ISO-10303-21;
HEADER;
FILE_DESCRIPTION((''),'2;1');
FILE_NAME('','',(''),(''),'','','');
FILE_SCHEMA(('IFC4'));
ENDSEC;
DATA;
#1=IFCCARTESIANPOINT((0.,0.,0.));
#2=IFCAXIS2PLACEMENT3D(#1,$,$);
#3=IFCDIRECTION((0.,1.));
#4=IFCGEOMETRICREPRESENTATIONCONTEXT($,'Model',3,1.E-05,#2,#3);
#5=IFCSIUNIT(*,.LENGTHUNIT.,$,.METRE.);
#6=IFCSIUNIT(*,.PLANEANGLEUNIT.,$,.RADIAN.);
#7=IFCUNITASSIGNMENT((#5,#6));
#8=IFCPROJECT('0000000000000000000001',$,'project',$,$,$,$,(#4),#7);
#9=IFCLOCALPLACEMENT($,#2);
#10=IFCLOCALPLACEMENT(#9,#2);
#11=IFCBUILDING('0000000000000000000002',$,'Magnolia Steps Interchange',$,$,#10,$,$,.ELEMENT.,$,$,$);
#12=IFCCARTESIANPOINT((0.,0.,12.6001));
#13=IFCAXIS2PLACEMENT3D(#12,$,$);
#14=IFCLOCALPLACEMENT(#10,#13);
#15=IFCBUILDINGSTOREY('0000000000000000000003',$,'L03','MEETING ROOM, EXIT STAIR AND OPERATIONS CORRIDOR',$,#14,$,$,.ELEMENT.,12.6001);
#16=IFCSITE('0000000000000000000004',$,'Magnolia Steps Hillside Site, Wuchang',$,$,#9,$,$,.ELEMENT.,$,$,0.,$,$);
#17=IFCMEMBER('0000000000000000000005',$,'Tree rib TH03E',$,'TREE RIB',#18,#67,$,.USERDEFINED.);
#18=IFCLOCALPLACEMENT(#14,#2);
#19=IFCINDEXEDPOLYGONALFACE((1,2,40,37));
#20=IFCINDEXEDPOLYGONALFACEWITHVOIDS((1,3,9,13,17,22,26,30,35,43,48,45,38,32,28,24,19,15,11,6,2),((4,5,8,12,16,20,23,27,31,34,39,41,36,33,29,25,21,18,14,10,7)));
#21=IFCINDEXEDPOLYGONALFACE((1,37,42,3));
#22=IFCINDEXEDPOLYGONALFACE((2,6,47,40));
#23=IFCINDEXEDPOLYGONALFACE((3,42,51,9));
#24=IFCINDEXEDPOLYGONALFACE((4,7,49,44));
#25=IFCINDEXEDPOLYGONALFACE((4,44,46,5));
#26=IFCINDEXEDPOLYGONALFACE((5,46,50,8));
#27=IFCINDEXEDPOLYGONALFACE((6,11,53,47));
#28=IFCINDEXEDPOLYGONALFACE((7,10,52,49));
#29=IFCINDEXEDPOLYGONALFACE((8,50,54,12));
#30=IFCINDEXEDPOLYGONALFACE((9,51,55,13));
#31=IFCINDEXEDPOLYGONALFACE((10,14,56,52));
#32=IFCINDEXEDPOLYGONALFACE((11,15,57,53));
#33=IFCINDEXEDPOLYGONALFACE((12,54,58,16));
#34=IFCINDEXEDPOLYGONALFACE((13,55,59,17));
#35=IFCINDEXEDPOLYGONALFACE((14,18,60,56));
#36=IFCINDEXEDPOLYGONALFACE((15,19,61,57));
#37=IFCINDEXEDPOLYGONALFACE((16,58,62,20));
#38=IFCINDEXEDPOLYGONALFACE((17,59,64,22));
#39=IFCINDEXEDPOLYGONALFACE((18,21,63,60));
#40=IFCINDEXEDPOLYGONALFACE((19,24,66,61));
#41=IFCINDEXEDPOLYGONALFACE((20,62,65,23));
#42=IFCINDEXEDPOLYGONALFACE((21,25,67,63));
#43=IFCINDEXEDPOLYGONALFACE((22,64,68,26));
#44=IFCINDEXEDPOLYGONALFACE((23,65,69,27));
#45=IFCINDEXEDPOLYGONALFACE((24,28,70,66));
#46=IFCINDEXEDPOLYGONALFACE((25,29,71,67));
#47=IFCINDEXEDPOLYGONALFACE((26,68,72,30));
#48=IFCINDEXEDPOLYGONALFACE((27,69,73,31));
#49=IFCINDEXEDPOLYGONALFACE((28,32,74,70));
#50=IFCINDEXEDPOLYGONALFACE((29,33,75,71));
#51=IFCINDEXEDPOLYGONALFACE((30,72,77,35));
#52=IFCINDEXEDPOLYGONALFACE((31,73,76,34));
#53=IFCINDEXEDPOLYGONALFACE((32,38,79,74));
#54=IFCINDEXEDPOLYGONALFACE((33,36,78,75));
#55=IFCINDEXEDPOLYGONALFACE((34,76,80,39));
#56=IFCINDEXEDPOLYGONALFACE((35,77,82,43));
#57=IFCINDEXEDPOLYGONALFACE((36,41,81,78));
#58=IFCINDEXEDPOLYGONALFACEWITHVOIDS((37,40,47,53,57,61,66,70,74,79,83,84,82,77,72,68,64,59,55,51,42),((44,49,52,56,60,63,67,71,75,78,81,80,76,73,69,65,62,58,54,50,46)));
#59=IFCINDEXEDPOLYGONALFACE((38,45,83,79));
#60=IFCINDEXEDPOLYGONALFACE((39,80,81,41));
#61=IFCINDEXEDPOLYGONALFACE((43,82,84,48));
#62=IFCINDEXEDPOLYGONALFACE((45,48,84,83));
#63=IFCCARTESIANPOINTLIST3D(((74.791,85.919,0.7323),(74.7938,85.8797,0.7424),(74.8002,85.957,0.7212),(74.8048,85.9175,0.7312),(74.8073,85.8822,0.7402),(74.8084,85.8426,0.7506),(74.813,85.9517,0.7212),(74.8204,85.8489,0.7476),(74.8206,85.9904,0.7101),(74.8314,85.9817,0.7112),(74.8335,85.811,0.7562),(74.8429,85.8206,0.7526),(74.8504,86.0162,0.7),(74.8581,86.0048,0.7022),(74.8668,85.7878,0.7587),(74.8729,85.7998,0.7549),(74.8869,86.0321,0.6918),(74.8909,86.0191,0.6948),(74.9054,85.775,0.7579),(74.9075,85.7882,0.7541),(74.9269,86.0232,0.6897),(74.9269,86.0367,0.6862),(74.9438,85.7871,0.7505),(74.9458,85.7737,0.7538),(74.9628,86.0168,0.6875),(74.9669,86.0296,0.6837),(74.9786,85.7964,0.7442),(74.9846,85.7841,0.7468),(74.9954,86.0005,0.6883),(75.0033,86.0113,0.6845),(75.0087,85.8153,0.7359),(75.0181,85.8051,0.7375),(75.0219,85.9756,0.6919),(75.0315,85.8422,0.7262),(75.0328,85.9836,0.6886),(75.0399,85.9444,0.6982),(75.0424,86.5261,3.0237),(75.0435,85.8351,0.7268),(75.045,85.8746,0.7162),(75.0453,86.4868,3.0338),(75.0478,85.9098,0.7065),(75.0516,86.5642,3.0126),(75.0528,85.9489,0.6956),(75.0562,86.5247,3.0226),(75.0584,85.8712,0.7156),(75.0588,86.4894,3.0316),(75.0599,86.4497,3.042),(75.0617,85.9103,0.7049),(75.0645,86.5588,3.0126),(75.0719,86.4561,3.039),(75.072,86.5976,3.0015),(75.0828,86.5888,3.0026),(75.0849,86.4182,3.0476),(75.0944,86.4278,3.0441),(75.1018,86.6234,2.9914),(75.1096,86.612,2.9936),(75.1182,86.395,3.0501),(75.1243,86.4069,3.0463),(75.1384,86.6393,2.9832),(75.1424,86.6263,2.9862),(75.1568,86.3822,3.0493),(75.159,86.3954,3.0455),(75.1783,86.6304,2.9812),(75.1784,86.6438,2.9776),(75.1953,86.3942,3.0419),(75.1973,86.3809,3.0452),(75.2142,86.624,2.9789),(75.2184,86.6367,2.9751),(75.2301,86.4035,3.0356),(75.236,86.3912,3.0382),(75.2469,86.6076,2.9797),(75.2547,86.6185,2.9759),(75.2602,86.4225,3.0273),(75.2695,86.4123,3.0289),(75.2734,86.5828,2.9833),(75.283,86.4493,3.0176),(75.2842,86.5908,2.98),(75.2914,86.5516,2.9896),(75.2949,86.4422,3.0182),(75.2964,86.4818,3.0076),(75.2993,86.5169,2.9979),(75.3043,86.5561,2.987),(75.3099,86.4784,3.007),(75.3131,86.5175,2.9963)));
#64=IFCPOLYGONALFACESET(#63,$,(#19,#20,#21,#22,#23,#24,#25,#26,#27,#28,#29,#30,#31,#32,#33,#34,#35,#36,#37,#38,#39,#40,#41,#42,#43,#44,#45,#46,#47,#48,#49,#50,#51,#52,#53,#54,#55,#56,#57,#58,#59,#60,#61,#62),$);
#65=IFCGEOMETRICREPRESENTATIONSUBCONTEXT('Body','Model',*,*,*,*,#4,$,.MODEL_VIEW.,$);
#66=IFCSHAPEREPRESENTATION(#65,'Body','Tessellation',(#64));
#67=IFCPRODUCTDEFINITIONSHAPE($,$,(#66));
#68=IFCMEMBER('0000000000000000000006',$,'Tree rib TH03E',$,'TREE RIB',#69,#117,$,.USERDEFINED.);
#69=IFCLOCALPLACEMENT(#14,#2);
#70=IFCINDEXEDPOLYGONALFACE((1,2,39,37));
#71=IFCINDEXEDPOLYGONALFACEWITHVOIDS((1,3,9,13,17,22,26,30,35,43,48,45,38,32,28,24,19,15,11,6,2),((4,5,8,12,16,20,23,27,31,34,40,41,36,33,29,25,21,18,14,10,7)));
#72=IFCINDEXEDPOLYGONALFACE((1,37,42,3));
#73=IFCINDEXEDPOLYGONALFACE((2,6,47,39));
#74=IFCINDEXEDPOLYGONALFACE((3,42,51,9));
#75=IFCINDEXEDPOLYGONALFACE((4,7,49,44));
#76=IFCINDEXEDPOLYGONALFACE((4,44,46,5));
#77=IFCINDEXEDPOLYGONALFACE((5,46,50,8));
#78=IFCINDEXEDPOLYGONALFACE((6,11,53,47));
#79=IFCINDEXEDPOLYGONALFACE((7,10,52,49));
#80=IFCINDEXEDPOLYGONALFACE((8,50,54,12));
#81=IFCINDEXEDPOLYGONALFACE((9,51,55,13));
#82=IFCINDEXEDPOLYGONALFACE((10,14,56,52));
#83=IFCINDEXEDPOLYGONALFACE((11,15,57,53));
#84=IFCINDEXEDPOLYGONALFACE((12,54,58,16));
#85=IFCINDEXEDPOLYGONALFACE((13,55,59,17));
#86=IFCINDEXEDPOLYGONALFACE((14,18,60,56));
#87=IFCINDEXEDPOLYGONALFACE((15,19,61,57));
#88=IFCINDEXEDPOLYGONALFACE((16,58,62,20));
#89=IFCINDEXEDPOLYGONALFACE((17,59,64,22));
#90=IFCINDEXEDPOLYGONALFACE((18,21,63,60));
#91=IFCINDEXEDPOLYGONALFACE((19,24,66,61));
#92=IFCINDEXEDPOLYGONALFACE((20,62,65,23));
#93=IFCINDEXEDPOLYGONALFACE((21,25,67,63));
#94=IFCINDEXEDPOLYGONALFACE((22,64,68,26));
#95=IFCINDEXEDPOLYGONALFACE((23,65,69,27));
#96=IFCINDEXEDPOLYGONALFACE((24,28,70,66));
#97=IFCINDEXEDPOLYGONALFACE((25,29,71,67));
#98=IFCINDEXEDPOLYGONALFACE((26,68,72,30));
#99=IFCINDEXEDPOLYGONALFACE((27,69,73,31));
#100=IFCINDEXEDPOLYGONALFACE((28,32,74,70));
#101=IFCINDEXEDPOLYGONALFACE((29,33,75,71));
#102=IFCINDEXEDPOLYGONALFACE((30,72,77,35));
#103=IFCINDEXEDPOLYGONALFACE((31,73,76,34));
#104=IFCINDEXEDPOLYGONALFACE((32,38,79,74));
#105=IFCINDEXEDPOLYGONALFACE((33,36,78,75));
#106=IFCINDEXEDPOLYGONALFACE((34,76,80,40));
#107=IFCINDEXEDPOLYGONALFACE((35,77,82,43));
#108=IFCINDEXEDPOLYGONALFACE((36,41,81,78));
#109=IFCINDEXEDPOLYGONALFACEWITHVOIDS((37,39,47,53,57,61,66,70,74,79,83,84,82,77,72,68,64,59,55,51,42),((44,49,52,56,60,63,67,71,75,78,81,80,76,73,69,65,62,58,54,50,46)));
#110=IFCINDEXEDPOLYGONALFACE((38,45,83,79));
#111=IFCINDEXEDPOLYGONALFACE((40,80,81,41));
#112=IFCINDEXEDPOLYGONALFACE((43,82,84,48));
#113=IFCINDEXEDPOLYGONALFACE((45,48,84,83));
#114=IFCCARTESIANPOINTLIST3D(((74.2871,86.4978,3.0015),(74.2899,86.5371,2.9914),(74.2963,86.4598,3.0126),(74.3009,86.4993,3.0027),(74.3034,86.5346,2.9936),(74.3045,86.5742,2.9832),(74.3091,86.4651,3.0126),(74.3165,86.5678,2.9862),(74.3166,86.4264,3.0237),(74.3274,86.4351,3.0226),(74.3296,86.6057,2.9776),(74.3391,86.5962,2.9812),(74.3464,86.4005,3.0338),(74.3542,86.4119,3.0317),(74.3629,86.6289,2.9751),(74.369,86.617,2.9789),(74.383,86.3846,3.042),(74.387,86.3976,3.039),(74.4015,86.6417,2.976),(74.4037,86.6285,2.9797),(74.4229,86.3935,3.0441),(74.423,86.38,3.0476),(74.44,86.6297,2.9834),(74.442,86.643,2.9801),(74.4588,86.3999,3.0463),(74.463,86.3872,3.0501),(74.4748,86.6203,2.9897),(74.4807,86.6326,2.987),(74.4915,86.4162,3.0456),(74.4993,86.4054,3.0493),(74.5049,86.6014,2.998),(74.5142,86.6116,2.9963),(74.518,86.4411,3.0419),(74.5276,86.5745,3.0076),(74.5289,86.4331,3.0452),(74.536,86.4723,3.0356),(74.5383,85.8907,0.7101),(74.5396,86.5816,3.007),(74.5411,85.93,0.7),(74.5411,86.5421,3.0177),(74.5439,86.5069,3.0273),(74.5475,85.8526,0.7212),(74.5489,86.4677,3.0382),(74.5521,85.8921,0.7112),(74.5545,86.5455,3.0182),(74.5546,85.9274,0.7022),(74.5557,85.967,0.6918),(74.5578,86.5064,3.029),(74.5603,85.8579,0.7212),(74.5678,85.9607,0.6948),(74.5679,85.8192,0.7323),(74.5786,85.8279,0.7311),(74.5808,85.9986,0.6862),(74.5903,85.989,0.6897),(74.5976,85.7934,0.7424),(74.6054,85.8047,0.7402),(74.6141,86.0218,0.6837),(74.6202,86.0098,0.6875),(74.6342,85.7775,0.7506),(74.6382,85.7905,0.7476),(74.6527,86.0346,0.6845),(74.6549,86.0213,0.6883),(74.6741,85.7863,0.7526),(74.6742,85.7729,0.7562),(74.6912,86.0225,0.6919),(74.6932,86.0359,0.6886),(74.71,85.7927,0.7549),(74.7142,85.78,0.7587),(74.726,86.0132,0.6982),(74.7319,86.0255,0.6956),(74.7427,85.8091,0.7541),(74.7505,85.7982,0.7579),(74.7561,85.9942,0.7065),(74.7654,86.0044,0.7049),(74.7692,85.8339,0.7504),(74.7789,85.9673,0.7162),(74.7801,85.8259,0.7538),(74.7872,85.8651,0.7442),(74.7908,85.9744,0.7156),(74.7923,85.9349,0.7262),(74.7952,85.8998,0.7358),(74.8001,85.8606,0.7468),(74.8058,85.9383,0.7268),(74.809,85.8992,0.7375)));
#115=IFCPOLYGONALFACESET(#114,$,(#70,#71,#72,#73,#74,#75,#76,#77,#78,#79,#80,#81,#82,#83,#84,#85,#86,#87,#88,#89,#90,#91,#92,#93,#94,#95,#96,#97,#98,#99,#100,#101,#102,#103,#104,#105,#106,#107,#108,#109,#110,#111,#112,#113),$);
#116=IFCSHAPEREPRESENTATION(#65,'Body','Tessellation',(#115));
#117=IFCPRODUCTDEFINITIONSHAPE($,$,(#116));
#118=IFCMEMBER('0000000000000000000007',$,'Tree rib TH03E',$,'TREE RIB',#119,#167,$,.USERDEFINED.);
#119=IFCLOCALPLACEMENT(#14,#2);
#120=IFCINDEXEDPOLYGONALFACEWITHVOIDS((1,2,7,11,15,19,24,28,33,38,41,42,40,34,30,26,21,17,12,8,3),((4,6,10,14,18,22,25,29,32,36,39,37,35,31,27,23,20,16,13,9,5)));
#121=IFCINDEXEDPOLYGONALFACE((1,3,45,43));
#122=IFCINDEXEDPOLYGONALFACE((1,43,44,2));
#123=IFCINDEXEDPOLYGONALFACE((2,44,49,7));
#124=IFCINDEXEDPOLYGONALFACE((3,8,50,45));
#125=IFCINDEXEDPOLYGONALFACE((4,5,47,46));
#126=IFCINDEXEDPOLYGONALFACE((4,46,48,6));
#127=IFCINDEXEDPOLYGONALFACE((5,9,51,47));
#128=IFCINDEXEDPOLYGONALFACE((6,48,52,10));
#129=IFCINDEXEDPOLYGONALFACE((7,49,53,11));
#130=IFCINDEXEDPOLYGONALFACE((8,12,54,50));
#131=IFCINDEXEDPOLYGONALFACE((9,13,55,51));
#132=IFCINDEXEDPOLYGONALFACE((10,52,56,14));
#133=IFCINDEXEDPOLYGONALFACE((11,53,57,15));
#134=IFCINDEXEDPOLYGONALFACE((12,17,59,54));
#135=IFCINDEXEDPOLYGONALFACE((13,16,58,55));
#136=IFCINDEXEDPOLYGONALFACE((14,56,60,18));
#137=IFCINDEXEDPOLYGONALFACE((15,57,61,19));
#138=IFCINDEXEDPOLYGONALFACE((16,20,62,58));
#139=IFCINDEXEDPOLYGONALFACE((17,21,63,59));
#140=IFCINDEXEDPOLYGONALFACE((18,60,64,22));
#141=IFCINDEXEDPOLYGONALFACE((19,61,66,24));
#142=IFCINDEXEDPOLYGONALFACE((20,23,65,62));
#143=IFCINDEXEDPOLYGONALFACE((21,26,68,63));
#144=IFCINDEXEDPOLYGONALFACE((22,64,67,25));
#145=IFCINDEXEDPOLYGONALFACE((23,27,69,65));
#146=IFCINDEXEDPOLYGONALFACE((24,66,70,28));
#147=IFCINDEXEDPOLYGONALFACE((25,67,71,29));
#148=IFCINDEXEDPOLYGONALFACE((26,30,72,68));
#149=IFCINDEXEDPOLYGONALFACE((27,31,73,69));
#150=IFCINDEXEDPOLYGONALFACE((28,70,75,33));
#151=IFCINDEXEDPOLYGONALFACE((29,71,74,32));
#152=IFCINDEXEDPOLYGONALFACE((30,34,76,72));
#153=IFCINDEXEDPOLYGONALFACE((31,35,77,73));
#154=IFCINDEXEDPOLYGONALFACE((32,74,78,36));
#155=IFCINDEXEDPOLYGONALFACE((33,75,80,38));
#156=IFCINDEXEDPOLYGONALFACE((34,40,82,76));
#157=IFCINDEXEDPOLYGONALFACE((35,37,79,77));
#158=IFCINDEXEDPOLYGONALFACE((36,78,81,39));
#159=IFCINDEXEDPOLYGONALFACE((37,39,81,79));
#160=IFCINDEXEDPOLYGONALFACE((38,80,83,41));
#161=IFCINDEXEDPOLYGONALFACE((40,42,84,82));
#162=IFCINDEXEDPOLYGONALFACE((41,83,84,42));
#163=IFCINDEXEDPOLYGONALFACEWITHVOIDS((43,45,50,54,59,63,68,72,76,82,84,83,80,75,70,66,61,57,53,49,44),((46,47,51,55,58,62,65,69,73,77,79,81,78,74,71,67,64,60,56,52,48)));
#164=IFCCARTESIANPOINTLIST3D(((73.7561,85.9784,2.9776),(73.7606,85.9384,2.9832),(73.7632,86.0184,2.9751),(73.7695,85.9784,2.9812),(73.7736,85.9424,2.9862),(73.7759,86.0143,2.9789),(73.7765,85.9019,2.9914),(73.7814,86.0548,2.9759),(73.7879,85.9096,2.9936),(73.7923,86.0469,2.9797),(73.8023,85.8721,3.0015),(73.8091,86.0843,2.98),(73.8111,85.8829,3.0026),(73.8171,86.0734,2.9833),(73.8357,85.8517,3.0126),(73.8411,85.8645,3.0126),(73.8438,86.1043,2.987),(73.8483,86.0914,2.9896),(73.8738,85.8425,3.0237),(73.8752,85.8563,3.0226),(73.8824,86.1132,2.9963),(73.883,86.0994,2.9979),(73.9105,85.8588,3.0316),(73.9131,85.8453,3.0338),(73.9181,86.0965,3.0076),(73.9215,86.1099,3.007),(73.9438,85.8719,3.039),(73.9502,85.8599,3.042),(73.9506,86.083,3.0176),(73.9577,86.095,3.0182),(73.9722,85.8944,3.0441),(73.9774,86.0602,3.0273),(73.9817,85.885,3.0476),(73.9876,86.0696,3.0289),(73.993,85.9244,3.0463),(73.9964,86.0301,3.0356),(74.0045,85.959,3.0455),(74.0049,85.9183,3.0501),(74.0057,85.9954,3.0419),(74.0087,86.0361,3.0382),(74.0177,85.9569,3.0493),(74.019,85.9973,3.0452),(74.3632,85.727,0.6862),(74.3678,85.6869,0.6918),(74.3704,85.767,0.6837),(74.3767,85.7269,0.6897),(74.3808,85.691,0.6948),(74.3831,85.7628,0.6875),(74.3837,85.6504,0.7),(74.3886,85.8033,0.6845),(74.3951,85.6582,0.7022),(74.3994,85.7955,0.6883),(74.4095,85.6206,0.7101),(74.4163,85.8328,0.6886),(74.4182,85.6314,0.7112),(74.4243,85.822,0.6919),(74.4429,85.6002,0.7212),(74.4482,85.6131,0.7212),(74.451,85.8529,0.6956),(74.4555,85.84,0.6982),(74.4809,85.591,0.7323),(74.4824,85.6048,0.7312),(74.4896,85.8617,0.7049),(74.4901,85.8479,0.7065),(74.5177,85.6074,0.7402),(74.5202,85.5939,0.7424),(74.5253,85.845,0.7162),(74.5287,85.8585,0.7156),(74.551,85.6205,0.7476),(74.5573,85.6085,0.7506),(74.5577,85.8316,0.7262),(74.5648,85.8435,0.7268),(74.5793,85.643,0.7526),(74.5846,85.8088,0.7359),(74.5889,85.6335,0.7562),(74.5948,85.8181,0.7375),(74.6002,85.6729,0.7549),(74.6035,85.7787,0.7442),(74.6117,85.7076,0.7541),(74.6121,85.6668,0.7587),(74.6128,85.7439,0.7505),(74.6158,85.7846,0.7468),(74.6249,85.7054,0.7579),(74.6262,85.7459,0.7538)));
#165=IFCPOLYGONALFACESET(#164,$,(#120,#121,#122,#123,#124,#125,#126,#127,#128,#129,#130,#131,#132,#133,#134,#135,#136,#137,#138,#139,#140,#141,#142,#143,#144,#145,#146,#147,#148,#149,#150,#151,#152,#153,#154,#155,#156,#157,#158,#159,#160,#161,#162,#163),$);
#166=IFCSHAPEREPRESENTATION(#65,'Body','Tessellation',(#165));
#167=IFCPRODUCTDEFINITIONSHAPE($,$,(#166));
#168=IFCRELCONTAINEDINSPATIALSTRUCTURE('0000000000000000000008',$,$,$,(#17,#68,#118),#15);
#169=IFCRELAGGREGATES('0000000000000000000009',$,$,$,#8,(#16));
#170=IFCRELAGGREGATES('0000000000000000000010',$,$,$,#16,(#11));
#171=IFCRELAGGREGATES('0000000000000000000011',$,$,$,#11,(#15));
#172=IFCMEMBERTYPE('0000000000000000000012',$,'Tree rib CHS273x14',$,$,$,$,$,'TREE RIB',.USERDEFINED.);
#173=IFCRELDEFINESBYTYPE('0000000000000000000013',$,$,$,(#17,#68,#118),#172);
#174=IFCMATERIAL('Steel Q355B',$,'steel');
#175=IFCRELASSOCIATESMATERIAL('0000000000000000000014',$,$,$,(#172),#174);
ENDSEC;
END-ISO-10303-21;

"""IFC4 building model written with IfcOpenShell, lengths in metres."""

from ifc_helpers import new_model, si_unit, direction, frame, origin, origin_2d, place, context, subcontext, project, spatial, hollow_circle, extrude, material, material_profile, profile_set, type_object, element, save


model = new_model("IFC4")

# Units and contexts
model_context = context("Model", 3, precision=1e-05, world=origin(), true_north=direction((0.0, 1.0)))
body_context = subcontext(model_context, "Body", "Model", "MODEL_VIEW")
ifc_project = project(units=[si_unit("LENGTHUNIT", "METRE"), si_unit("PLANEANGLEUNIT", "RADIAN")], contexts=[model_context])

# Site, building, storey
site_placement = place(None, origin())
site = spatial("IfcSite", under=ifc_project, at=site_placement, Name="Magnolia Steps Hillside Site, Wuchang", CompositionType="ELEMENT", RefElevation=0.0)
building_placement = place(site_placement, origin())
building = spatial("IfcBuilding", under=site, at=building_placement, Name="Magnolia Steps Interchange", CompositionType="ELEMENT")
storey_placement = place(building_placement, frame((0.0, 0.0, 12.6001)))
storey = spatial("IfcBuildingStorey", under=building, at=storey_placement, Name="L03", Description="MEETING ROOM, EXIT STAIR AND OPERATIONS CORRIDOR", CompositionType="ELEMENT", Elevation=12.6001)

# Members
ifc_material_1 = material(Name="Steel Q355B", Category="steel")
ifc_material_profile_1 = material_profile(ifc_material_1, hollow_circle(Radius=0.1365, WallThickness=0.0139, at=origin_2d()), Name="CHS273x14")
ifc_profile_set_1 = profile_set([ifc_material_profile_1], Name="Steel Q355B")
member_type_1 = type_object("IfcMemberType", Name="Tree rib CHS273x14", ElementType="TREE RIB", PredefinedType="USERDEFINED", material=ifc_profile_set_1)
for number, where, z_axis, x_axis, name in (
    (1, (74.9263, 85.9048, 0.7212), (0.105485, 0.254701, 0.961249), (-0.923899, 0.382636, 0.0), "Tree rib TH03E"),
    (2, (74.6736, 85.9048, 0.7212), (-0.105384, 0.254704, 0.96126), (-0.92403, -0.382319, 0.0), "Tree rib TH03E"),
    (3, (74.4951, 85.7263, 0.7212), (-0.254701, 0.105485, 0.961249), (-0.382636, -0.923899, 0.0), "Tree rib TH03E"),
):
    element("IfcMember", number, at=place(storey_placement, frame(where, z_axis=z_axis, x_axis=x_axis)), inside=storey, type_object=member_type_1, Name=name, ObjectType="TREE RIB", PredefinedType="USERDEFINED", context=body_context, shape_type="SweptSolid", body=[
        extrude(hollow_circle(Radius=0.1365, WallThickness=0.0139, at=origin_2d()), origin(), (0.0, 0.0, 1.0), 2.3838),
    ])

save(model, "model.ifc")
